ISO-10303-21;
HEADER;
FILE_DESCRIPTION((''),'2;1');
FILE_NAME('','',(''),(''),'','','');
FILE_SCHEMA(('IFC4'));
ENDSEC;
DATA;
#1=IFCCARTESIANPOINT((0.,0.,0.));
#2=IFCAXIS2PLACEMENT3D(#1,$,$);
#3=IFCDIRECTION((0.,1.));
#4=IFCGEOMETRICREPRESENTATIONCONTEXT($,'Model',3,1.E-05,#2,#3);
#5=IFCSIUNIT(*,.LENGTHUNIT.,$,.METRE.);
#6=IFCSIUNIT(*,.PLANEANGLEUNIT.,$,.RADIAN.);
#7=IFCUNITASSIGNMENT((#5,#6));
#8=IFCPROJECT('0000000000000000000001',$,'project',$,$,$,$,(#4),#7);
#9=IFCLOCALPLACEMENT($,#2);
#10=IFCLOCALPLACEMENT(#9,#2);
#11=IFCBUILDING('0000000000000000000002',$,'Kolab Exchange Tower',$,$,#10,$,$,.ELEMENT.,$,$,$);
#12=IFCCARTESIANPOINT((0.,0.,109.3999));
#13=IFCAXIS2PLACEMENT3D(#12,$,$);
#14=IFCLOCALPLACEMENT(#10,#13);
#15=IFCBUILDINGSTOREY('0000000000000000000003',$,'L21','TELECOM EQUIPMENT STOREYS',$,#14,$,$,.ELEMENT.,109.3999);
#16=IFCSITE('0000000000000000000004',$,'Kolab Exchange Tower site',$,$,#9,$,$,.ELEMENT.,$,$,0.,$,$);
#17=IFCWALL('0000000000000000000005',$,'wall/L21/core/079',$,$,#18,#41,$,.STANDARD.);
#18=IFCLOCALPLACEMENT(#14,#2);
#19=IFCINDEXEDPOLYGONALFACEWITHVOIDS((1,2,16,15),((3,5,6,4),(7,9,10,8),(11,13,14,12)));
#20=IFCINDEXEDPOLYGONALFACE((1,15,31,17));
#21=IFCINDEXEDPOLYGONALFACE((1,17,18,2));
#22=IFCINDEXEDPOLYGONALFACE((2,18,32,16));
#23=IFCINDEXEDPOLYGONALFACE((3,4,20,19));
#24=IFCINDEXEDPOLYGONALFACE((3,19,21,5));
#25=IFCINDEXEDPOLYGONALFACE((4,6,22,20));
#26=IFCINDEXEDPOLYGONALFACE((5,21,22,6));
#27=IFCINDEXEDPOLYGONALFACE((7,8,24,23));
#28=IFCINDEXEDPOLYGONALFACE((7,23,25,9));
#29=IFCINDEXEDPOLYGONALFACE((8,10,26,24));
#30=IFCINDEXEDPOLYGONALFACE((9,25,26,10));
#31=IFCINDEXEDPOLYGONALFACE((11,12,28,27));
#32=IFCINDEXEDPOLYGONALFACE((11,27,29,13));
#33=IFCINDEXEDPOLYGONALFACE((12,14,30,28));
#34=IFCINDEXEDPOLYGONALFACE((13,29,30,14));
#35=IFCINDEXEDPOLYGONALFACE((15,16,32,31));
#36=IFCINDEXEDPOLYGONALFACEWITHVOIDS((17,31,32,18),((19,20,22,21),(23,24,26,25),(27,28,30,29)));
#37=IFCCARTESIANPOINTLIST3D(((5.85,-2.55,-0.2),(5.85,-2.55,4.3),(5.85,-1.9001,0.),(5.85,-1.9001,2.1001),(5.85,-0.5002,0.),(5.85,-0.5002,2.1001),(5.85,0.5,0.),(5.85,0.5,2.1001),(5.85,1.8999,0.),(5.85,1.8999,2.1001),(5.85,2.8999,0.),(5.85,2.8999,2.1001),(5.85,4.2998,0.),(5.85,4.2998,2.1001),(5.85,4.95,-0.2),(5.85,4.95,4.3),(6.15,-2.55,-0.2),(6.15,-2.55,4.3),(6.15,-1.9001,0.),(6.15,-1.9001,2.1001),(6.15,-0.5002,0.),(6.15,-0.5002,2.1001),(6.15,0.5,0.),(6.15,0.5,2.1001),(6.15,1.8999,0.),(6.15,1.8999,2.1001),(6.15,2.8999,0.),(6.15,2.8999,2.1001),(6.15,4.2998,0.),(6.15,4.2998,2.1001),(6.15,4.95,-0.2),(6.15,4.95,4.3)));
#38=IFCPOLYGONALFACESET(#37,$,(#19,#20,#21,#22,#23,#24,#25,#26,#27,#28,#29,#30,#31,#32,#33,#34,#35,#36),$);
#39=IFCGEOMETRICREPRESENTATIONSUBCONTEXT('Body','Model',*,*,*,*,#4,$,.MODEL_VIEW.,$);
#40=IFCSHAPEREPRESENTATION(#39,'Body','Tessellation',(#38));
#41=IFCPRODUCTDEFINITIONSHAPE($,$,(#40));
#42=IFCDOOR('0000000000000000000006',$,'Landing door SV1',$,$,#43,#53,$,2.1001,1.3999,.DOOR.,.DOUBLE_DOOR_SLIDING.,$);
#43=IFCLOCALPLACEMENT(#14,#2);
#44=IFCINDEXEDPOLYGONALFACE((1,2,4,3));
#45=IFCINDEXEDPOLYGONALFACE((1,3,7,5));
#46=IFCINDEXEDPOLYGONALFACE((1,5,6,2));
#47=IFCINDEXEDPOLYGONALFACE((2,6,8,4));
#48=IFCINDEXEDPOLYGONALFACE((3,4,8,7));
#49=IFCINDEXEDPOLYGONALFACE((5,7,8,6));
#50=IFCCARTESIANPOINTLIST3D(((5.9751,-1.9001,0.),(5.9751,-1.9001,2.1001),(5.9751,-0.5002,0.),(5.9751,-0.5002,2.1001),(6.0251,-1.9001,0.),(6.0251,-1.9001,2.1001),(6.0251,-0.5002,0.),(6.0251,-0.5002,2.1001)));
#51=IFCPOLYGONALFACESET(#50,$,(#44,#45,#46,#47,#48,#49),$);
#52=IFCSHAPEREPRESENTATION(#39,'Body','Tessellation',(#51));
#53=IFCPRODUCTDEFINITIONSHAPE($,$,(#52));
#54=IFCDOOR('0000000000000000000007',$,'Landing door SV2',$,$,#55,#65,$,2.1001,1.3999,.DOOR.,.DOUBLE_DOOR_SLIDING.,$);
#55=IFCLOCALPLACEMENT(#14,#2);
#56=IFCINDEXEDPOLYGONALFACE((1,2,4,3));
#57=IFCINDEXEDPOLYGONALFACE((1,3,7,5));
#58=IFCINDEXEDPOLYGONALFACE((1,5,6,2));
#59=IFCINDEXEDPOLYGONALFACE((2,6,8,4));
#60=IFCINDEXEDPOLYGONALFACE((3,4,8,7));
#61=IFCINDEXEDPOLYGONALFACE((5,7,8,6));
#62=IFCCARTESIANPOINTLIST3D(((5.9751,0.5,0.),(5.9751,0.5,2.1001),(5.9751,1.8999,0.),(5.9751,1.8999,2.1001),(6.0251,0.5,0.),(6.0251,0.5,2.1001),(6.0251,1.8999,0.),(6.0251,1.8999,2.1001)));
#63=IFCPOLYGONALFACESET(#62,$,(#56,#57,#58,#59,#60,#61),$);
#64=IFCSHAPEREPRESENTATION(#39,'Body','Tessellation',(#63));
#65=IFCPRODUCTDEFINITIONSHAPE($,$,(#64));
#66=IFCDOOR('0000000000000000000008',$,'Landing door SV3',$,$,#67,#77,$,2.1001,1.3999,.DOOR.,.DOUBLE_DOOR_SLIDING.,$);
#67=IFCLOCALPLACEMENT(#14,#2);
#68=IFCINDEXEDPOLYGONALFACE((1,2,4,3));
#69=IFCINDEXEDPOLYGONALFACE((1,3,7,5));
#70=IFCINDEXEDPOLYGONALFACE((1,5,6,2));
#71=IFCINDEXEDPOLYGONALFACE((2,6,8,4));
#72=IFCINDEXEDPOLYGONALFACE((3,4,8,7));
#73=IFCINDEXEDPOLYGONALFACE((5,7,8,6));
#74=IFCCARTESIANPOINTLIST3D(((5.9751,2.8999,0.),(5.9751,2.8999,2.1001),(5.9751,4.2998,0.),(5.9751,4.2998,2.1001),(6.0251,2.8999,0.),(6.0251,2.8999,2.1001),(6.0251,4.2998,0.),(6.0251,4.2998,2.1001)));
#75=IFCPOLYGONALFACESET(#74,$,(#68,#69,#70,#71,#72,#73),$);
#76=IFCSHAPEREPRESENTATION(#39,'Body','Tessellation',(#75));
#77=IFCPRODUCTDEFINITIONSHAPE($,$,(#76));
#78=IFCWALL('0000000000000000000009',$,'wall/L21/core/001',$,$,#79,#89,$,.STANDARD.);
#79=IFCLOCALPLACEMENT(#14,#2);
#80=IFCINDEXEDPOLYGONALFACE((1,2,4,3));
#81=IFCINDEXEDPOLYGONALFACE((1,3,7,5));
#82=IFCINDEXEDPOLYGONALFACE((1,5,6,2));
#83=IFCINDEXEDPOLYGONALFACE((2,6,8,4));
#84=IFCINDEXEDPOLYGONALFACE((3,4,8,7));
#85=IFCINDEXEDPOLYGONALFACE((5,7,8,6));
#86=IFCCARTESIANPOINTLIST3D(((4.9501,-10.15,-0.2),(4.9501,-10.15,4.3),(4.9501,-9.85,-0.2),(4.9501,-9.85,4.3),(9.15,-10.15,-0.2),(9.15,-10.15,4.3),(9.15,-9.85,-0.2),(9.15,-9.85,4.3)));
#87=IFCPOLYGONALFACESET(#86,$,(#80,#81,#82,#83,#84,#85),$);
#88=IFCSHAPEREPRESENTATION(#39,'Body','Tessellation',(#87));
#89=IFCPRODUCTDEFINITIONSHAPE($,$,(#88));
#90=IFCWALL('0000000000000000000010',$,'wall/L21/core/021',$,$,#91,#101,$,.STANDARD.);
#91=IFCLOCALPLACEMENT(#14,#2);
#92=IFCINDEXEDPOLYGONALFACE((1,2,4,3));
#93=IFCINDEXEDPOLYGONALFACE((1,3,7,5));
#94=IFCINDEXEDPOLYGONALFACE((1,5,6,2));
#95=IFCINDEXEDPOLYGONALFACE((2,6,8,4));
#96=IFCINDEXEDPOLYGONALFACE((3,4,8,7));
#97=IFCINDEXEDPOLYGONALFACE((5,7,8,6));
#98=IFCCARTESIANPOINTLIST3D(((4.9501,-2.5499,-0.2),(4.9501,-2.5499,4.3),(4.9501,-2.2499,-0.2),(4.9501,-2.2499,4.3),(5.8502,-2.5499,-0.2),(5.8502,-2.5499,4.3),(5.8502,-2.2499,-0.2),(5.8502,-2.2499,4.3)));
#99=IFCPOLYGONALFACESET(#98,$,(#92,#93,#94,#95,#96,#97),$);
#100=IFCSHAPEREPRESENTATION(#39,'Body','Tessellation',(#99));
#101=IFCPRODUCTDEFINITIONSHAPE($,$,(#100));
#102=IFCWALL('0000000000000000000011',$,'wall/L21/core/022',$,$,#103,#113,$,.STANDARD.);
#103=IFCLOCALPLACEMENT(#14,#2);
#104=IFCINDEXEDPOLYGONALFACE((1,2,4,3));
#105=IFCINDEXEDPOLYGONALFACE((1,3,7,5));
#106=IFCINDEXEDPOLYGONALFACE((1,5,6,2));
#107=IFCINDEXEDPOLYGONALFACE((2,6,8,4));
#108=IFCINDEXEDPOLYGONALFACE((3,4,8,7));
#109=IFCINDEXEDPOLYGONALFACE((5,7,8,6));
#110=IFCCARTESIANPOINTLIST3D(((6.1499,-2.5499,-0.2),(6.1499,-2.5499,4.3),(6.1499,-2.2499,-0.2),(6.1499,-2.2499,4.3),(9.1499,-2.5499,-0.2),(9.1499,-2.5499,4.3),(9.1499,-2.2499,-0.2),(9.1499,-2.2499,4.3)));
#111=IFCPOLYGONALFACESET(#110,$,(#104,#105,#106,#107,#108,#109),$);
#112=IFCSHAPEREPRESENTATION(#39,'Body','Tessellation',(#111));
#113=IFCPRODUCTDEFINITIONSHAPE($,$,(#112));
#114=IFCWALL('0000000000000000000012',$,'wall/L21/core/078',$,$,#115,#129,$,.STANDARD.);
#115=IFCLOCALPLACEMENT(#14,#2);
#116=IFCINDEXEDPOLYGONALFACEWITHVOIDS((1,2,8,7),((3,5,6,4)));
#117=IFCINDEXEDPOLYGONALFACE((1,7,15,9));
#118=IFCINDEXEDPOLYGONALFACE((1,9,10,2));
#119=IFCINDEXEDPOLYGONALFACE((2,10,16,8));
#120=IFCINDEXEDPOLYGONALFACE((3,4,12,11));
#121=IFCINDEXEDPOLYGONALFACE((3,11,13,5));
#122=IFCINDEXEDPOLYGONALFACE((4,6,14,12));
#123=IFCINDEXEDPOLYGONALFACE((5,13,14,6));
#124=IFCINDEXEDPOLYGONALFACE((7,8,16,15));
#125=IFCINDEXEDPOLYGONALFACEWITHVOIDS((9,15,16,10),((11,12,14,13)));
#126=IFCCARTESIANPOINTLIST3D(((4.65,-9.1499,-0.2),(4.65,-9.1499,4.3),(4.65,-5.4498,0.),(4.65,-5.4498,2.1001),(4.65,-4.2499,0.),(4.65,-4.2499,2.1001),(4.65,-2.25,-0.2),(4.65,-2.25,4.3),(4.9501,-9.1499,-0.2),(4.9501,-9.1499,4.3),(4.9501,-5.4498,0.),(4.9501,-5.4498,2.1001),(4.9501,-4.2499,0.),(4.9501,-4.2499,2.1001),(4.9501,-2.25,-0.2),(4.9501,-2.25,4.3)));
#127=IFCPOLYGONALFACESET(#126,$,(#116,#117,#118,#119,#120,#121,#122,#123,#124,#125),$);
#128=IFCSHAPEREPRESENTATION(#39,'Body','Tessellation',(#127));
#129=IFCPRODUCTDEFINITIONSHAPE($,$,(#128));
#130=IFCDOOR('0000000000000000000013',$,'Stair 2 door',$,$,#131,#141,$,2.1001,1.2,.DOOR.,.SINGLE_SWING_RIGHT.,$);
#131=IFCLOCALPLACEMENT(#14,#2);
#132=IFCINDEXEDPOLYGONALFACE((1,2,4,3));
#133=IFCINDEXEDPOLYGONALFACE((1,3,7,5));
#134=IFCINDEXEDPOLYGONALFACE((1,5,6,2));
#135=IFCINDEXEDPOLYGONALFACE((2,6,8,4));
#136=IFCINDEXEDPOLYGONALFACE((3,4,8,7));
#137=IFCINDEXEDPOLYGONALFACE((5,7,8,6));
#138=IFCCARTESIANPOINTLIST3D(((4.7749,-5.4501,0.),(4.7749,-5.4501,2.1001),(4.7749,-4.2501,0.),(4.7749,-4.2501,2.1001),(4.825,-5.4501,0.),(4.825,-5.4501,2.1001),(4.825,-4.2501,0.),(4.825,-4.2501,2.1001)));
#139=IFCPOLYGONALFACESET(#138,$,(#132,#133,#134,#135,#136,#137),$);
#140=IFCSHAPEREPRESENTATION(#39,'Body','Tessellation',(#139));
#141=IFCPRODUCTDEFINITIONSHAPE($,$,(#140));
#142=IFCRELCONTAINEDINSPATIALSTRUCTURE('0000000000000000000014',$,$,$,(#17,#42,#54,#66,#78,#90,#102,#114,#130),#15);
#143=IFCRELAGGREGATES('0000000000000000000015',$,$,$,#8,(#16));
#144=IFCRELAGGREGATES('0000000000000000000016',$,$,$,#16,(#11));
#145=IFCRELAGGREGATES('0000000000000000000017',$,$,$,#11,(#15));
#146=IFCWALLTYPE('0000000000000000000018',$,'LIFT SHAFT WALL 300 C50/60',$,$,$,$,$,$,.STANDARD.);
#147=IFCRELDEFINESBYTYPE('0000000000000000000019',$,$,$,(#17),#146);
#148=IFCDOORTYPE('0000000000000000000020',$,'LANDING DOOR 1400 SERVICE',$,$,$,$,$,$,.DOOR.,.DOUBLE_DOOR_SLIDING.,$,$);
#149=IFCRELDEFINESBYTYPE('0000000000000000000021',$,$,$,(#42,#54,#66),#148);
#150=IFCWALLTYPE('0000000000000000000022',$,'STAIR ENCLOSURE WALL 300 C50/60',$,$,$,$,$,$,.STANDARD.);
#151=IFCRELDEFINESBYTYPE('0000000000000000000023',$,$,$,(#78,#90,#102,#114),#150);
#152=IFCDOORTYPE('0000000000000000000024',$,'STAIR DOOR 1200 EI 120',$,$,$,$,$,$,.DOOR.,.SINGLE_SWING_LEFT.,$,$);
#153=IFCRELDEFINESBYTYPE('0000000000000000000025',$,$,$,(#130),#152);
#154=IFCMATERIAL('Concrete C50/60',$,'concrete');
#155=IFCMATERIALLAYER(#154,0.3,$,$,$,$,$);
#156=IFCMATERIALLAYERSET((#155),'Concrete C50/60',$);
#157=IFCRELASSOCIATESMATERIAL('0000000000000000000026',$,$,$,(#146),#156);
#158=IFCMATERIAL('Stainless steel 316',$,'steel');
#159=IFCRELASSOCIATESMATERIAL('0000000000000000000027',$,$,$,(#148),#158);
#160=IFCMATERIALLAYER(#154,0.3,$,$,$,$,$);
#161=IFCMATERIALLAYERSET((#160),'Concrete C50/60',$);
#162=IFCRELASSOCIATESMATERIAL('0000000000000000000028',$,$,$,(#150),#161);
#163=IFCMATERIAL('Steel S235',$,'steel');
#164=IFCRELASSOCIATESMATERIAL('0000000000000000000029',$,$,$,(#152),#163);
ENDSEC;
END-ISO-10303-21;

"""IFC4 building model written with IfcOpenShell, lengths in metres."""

from ifc_helpers import new_model, si_unit, direction, frame, frame_2d, origin, place, context, subcontext, project, spatial, rectangle, extrude, material, layer, layer_set, type_object, element, fill, save


model = new_model("IFC4")

# Units and contexts
model_context = context("Model", 3, precision=1e-05, world=origin(), true_north=direction((0.0, 1.0)))
body_context = subcontext(model_context, "Body", "Model", "MODEL_VIEW")
ifc_project = project(units=[si_unit("LENGTHUNIT", "METRE"), si_unit("PLANEANGLEUNIT", "RADIAN")], contexts=[model_context])

# Site, building, storey
site_placement = place(None, origin())
site = spatial("IfcSite", under=ifc_project, at=site_placement, Name="Kolab Exchange Tower site", CompositionType="ELEMENT", RefElevation=0.0)
building_placement = place(site_placement, origin())
building = spatial("IfcBuilding", under=site, at=building_placement, Name="Kolab Exchange Tower", CompositionType="ELEMENT")
storey_placement = place(building_placement, frame((0.0, 0.0, 109.3999)))
storey = spatial("IfcBuildingStorey", under=building, at=storey_placement, Name="L21", Description="TELECOM EQUIPMENT STOREYS", CompositionType="ELEMENT", Elevation=109.3999)

# Wall, openings, doors
ifc_material_1 = material(Name="Concrete C50/60", Category="concrete")
ifc_layer_1 = layer(ifc_material_1, 0.3)
ifc_layer_set_1 = layer_set([ifc_layer_1], Name="Concrete C50/60")
wall_type_1 = type_object("IfcWallType", Name="LIFT SHAFT WALL 300 C50/60", PredefinedType="STANDARD", material=ifc_layer_set_1)
wall_1_placement = place(storey_placement, frame((6.0, -2.55, -0.2), z_axis=(0.0, 0.0, 1.0), x_axis=(0.0, 1.0, 0.0)))
wall_1 = element("IfcWall", 1, at=wall_1_placement, inside=storey, type_object=wall_type_1, Name="wall/L21/core/079", PredefinedType="STANDARD", context=body_context, shape_type="SweptSolid", body=[
    extrude(rectangle(XDim=7.5, YDim=0.3, at=frame_2d((3.75, 0.0))), origin(), (0.0, 0.0, 1.0), 4.5),
])
opening_1_placement = place(wall_1_placement, frame((0.6499, 0.0, 0.2)))
opening_1 = element("IfcOpeningElement", 2, at=opening_1_placement, cuts=wall_1, PredefinedType="OPENING", context=body_context, shape_type="SweptSolid", body=[
    extrude(rectangle(XDim=1.3999, YDim=2.1001, at=frame_2d((0.7, 1.05))), frame((0.0, 0.1602, 0.0), z_axis=(0.0, -1.0, 0.0), x_axis=(1.0, 0.0, 0.0)), (0.0, 0.0, 1.0), 0.3201),
])
opening_2_placement = place(wall_1_placement, frame((3.05, 0.0, 0.2)))
opening_2 = element("IfcOpeningElement", 3, at=opening_2_placement, cuts=wall_1, PredefinedType="OPENING", context=body_context, shape_type="SweptSolid", body=[
    extrude(rectangle(XDim=1.3999, YDim=2.1001, at=frame_2d((0.7, 1.05))), frame((0.0, 0.1602, 0.0), z_axis=(0.0, -1.0, 0.0), x_axis=(1.0, 0.0, 0.0)), (0.0, 0.0, 1.0), 0.3201),
])
opening_3_placement = place(wall_1_placement, frame((5.45, 0.0, 0.2)))
opening_3 = element("IfcOpeningElement", 4, at=opening_3_placement, cuts=wall_1, PredefinedType="OPENING", context=body_context, shape_type="SweptSolid", body=[
    extrude(rectangle(XDim=1.3999, YDim=2.1001, at=frame_2d((0.7, 1.05))), frame((0.0, 0.1602, 0.0), z_axis=(0.0, -1.0, 0.0), x_axis=(1.0, 0.0, 0.0)), (0.0, 0.0, 1.0), 0.3201),
])
ifc_material_2 = material(Name="Stainless steel 316", Category="steel")
door_type_1 = type_object("IfcDoorType", Name="LANDING DOOR 1400 SERVICE", OperationType="DOUBLE_DOOR_SLIDING", PredefinedType="DOOR", material=ifc_material_2)
door_1_placement = place(opening_1_placement, origin())
door_1 = element("IfcDoor", 5, at=door_1_placement, inside=storey, type_object=door_type_1, Name="Landing door SV1", OperationType="DOUBLE_DOOR_SLIDING", OverallHeight=2.1001, OverallWidth=1.3999, PredefinedType="DOOR", context=body_context, shape_type="SweptSolid", body=[
    extrude(rectangle(XDim=1.3999, YDim=2.1001, at=frame_2d((0.7, 1.05))), frame((0.0, 0.0249, 0.0), z_axis=(0.0, -1.0, 0.0), x_axis=(1.0, 0.0, 0.0)), (0.0, 0.0, 1.0), 0.05),
])
fill(opening_1, door_1)
door_2_placement = place(opening_2_placement, origin())
door_2 = element("IfcDoor", 6, at=door_2_placement, inside=storey, type_object=door_type_1, Name="Landing door SV2", OperationType="DOUBLE_DOOR_SLIDING", OverallHeight=2.1001, OverallWidth=1.3999, PredefinedType="DOOR", context=body_context, shape_type="SweptSolid", body=[
    extrude(rectangle(XDim=1.3999, YDim=2.1001, at=frame_2d((0.7, 1.05))), frame((0.0, 0.0249, 0.0), z_axis=(0.0, -1.0, 0.0), x_axis=(1.0, 0.0, 0.0)), (0.0, 0.0, 1.0), 0.05),
])
fill(opening_2, door_2)
door_3_placement = place(opening_3_placement, origin())
door_3 = element("IfcDoor", 7, at=door_3_placement, inside=storey, type_object=door_type_1, Name="Landing door SV3", OperationType="DOUBLE_DOOR_SLIDING", OverallHeight=2.1001, OverallWidth=1.3999, PredefinedType="DOOR", context=body_context, shape_type="SweptSolid", body=[
    extrude(rectangle(XDim=1.3999, YDim=2.1001, at=frame_2d((0.7, 1.05))), frame((0.0, 0.0249, 0.0), z_axis=(0.0, -1.0, 0.0), x_axis=(1.0, 0.0, 0.0)), (0.0, 0.0, 1.0), 0.05),
])
fill(opening_3, door_3)

# Walls
ifc_layer_2 = layer(ifc_material_1, 0.3)
ifc_layer_set_2 = layer_set([ifc_layer_2], Name="Concrete C50/60")
wall_type_2 = type_object("IfcWallType", Name="STAIR ENCLOSURE WALL 300 C50/60", PredefinedType="STANDARD", material=ifc_layer_set_2)
wall_2_placement = place(storey_placement, frame((4.95, -10.0, -0.2), z_axis=(0.0, 0.0, 1.0), x_axis=(1.0, 0.0, 0.0)))
element("IfcWall", 8, at=wall_2_placement, inside=storey, type_object=wall_type_2, Name="wall/L21/core/001", PredefinedType="STANDARD", context=body_context, shape_type="SweptSolid", body=[
    extrude(rectangle(XDim=4.2, YDim=0.3, at=frame_2d((2.1001, 0.0))), origin(), (0.0, 0.0, 1.0), 4.5),
])
wall_3_placement = place(storey_placement, frame((4.95, -2.3999, -0.2), z_axis=(0.0, 0.0, 1.0), x_axis=(1.0, 0.0, 0.0)))
element("IfcWall", 9, at=wall_3_placement, inside=storey, type_object=wall_type_2, Name="wall/L21/core/021", PredefinedType="STANDARD", context=body_context, shape_type="SweptSolid", body=[
    extrude(rectangle(XDim=0.9001, YDim=0.3, at=frame_2d((0.4502, 0.0))), origin(), (0.0, 0.0, 1.0), 4.5),
])
wall_4_placement = place(storey_placement, frame((6.1499, -2.3999, -0.2), z_axis=(0.0, 0.0, 1.0), x_axis=(1.0, 0.0, 0.0)))
element("IfcWall", 10, at=wall_4_placement, inside=storey, type_object=wall_type_2, Name="wall/L21/core/022", PredefinedType="STANDARD", context=body_context, shape_type="SweptSolid", body=[
    extrude(rectangle(XDim=3.0, YDim=0.3, at=frame_2d((1.5, 0.0))), origin(), (0.0, 0.0, 1.0), 4.5),
])

# Wall, opening, door
wall_5_placement = place(storey_placement, frame((4.8, -9.1499, -0.2), z_axis=(0.0, 0.0, 1.0), x_axis=(0.0, 1.0, 0.0)))
wall_5 = element("IfcWall", 11, at=wall_5_placement, inside=storey, type_object=wall_type_2, Name="wall/L21/core/078", PredefinedType="STANDARD", context=body_context, shape_type="SweptSolid", body=[
    extrude(rectangle(XDim=6.8999, YDim=0.3, at=frame_2d((3.45, 0.0))), origin(), (0.0, 0.0, 1.0), 4.5),
])
opening_4_placement = place(wall_5_placement, frame((3.7, 0.0, 0.2)))
opening_4 = element("IfcOpeningElement", 12, at=opening_4_placement, cuts=wall_5, PredefinedType="OPENING", context=body_context, shape_type="SweptSolid", body=[
    extrude(rectangle(XDim=1.2, YDim=2.1001, at=frame_2d((0.6001, 1.05))), frame((0.0, 0.1602, 0.0), z_axis=(0.0, -1.0, 0.0), x_axis=(1.0, 0.0, 0.0)), (0.0, 0.0, 1.0), 0.3201),
])
ifc_material_3 = material(Name="Steel S235", Category="steel")
door_type_2 = type_object("IfcDoorType", Name="STAIR DOOR 1200 EI 120", OperationType="SINGLE_SWING_LEFT", PredefinedType="DOOR", material=ifc_material_3)
door_4_placement = place(opening_4_placement, frame((1.2, 0.0, 0.0), z_axis=(0.0, 0.0, 1.0), x_axis=(-1.0, 0.0, 0.0)))
door_4 = element("IfcDoor", 13, at=door_4_placement, inside=storey, type_object=door_type_2, Name="Stair 2 door", OperationType="SINGLE_SWING_RIGHT", OverallHeight=2.1001, OverallWidth=1.2, PredefinedType="DOOR", context=body_context, shape_type="SweptSolid", body=[
    extrude(rectangle(XDim=1.2, YDim=2.1001, at=frame_2d((0.6001, 1.05))), frame((0.0, 0.0249, 0.0), z_axis=(0.0, -1.0, 0.0), x_axis=(1.0, 0.0, 0.0)), (0.0, 0.0, 1.0), 0.05),
])
fill(opening_4, door_4)

save(model, "model.ifc")
